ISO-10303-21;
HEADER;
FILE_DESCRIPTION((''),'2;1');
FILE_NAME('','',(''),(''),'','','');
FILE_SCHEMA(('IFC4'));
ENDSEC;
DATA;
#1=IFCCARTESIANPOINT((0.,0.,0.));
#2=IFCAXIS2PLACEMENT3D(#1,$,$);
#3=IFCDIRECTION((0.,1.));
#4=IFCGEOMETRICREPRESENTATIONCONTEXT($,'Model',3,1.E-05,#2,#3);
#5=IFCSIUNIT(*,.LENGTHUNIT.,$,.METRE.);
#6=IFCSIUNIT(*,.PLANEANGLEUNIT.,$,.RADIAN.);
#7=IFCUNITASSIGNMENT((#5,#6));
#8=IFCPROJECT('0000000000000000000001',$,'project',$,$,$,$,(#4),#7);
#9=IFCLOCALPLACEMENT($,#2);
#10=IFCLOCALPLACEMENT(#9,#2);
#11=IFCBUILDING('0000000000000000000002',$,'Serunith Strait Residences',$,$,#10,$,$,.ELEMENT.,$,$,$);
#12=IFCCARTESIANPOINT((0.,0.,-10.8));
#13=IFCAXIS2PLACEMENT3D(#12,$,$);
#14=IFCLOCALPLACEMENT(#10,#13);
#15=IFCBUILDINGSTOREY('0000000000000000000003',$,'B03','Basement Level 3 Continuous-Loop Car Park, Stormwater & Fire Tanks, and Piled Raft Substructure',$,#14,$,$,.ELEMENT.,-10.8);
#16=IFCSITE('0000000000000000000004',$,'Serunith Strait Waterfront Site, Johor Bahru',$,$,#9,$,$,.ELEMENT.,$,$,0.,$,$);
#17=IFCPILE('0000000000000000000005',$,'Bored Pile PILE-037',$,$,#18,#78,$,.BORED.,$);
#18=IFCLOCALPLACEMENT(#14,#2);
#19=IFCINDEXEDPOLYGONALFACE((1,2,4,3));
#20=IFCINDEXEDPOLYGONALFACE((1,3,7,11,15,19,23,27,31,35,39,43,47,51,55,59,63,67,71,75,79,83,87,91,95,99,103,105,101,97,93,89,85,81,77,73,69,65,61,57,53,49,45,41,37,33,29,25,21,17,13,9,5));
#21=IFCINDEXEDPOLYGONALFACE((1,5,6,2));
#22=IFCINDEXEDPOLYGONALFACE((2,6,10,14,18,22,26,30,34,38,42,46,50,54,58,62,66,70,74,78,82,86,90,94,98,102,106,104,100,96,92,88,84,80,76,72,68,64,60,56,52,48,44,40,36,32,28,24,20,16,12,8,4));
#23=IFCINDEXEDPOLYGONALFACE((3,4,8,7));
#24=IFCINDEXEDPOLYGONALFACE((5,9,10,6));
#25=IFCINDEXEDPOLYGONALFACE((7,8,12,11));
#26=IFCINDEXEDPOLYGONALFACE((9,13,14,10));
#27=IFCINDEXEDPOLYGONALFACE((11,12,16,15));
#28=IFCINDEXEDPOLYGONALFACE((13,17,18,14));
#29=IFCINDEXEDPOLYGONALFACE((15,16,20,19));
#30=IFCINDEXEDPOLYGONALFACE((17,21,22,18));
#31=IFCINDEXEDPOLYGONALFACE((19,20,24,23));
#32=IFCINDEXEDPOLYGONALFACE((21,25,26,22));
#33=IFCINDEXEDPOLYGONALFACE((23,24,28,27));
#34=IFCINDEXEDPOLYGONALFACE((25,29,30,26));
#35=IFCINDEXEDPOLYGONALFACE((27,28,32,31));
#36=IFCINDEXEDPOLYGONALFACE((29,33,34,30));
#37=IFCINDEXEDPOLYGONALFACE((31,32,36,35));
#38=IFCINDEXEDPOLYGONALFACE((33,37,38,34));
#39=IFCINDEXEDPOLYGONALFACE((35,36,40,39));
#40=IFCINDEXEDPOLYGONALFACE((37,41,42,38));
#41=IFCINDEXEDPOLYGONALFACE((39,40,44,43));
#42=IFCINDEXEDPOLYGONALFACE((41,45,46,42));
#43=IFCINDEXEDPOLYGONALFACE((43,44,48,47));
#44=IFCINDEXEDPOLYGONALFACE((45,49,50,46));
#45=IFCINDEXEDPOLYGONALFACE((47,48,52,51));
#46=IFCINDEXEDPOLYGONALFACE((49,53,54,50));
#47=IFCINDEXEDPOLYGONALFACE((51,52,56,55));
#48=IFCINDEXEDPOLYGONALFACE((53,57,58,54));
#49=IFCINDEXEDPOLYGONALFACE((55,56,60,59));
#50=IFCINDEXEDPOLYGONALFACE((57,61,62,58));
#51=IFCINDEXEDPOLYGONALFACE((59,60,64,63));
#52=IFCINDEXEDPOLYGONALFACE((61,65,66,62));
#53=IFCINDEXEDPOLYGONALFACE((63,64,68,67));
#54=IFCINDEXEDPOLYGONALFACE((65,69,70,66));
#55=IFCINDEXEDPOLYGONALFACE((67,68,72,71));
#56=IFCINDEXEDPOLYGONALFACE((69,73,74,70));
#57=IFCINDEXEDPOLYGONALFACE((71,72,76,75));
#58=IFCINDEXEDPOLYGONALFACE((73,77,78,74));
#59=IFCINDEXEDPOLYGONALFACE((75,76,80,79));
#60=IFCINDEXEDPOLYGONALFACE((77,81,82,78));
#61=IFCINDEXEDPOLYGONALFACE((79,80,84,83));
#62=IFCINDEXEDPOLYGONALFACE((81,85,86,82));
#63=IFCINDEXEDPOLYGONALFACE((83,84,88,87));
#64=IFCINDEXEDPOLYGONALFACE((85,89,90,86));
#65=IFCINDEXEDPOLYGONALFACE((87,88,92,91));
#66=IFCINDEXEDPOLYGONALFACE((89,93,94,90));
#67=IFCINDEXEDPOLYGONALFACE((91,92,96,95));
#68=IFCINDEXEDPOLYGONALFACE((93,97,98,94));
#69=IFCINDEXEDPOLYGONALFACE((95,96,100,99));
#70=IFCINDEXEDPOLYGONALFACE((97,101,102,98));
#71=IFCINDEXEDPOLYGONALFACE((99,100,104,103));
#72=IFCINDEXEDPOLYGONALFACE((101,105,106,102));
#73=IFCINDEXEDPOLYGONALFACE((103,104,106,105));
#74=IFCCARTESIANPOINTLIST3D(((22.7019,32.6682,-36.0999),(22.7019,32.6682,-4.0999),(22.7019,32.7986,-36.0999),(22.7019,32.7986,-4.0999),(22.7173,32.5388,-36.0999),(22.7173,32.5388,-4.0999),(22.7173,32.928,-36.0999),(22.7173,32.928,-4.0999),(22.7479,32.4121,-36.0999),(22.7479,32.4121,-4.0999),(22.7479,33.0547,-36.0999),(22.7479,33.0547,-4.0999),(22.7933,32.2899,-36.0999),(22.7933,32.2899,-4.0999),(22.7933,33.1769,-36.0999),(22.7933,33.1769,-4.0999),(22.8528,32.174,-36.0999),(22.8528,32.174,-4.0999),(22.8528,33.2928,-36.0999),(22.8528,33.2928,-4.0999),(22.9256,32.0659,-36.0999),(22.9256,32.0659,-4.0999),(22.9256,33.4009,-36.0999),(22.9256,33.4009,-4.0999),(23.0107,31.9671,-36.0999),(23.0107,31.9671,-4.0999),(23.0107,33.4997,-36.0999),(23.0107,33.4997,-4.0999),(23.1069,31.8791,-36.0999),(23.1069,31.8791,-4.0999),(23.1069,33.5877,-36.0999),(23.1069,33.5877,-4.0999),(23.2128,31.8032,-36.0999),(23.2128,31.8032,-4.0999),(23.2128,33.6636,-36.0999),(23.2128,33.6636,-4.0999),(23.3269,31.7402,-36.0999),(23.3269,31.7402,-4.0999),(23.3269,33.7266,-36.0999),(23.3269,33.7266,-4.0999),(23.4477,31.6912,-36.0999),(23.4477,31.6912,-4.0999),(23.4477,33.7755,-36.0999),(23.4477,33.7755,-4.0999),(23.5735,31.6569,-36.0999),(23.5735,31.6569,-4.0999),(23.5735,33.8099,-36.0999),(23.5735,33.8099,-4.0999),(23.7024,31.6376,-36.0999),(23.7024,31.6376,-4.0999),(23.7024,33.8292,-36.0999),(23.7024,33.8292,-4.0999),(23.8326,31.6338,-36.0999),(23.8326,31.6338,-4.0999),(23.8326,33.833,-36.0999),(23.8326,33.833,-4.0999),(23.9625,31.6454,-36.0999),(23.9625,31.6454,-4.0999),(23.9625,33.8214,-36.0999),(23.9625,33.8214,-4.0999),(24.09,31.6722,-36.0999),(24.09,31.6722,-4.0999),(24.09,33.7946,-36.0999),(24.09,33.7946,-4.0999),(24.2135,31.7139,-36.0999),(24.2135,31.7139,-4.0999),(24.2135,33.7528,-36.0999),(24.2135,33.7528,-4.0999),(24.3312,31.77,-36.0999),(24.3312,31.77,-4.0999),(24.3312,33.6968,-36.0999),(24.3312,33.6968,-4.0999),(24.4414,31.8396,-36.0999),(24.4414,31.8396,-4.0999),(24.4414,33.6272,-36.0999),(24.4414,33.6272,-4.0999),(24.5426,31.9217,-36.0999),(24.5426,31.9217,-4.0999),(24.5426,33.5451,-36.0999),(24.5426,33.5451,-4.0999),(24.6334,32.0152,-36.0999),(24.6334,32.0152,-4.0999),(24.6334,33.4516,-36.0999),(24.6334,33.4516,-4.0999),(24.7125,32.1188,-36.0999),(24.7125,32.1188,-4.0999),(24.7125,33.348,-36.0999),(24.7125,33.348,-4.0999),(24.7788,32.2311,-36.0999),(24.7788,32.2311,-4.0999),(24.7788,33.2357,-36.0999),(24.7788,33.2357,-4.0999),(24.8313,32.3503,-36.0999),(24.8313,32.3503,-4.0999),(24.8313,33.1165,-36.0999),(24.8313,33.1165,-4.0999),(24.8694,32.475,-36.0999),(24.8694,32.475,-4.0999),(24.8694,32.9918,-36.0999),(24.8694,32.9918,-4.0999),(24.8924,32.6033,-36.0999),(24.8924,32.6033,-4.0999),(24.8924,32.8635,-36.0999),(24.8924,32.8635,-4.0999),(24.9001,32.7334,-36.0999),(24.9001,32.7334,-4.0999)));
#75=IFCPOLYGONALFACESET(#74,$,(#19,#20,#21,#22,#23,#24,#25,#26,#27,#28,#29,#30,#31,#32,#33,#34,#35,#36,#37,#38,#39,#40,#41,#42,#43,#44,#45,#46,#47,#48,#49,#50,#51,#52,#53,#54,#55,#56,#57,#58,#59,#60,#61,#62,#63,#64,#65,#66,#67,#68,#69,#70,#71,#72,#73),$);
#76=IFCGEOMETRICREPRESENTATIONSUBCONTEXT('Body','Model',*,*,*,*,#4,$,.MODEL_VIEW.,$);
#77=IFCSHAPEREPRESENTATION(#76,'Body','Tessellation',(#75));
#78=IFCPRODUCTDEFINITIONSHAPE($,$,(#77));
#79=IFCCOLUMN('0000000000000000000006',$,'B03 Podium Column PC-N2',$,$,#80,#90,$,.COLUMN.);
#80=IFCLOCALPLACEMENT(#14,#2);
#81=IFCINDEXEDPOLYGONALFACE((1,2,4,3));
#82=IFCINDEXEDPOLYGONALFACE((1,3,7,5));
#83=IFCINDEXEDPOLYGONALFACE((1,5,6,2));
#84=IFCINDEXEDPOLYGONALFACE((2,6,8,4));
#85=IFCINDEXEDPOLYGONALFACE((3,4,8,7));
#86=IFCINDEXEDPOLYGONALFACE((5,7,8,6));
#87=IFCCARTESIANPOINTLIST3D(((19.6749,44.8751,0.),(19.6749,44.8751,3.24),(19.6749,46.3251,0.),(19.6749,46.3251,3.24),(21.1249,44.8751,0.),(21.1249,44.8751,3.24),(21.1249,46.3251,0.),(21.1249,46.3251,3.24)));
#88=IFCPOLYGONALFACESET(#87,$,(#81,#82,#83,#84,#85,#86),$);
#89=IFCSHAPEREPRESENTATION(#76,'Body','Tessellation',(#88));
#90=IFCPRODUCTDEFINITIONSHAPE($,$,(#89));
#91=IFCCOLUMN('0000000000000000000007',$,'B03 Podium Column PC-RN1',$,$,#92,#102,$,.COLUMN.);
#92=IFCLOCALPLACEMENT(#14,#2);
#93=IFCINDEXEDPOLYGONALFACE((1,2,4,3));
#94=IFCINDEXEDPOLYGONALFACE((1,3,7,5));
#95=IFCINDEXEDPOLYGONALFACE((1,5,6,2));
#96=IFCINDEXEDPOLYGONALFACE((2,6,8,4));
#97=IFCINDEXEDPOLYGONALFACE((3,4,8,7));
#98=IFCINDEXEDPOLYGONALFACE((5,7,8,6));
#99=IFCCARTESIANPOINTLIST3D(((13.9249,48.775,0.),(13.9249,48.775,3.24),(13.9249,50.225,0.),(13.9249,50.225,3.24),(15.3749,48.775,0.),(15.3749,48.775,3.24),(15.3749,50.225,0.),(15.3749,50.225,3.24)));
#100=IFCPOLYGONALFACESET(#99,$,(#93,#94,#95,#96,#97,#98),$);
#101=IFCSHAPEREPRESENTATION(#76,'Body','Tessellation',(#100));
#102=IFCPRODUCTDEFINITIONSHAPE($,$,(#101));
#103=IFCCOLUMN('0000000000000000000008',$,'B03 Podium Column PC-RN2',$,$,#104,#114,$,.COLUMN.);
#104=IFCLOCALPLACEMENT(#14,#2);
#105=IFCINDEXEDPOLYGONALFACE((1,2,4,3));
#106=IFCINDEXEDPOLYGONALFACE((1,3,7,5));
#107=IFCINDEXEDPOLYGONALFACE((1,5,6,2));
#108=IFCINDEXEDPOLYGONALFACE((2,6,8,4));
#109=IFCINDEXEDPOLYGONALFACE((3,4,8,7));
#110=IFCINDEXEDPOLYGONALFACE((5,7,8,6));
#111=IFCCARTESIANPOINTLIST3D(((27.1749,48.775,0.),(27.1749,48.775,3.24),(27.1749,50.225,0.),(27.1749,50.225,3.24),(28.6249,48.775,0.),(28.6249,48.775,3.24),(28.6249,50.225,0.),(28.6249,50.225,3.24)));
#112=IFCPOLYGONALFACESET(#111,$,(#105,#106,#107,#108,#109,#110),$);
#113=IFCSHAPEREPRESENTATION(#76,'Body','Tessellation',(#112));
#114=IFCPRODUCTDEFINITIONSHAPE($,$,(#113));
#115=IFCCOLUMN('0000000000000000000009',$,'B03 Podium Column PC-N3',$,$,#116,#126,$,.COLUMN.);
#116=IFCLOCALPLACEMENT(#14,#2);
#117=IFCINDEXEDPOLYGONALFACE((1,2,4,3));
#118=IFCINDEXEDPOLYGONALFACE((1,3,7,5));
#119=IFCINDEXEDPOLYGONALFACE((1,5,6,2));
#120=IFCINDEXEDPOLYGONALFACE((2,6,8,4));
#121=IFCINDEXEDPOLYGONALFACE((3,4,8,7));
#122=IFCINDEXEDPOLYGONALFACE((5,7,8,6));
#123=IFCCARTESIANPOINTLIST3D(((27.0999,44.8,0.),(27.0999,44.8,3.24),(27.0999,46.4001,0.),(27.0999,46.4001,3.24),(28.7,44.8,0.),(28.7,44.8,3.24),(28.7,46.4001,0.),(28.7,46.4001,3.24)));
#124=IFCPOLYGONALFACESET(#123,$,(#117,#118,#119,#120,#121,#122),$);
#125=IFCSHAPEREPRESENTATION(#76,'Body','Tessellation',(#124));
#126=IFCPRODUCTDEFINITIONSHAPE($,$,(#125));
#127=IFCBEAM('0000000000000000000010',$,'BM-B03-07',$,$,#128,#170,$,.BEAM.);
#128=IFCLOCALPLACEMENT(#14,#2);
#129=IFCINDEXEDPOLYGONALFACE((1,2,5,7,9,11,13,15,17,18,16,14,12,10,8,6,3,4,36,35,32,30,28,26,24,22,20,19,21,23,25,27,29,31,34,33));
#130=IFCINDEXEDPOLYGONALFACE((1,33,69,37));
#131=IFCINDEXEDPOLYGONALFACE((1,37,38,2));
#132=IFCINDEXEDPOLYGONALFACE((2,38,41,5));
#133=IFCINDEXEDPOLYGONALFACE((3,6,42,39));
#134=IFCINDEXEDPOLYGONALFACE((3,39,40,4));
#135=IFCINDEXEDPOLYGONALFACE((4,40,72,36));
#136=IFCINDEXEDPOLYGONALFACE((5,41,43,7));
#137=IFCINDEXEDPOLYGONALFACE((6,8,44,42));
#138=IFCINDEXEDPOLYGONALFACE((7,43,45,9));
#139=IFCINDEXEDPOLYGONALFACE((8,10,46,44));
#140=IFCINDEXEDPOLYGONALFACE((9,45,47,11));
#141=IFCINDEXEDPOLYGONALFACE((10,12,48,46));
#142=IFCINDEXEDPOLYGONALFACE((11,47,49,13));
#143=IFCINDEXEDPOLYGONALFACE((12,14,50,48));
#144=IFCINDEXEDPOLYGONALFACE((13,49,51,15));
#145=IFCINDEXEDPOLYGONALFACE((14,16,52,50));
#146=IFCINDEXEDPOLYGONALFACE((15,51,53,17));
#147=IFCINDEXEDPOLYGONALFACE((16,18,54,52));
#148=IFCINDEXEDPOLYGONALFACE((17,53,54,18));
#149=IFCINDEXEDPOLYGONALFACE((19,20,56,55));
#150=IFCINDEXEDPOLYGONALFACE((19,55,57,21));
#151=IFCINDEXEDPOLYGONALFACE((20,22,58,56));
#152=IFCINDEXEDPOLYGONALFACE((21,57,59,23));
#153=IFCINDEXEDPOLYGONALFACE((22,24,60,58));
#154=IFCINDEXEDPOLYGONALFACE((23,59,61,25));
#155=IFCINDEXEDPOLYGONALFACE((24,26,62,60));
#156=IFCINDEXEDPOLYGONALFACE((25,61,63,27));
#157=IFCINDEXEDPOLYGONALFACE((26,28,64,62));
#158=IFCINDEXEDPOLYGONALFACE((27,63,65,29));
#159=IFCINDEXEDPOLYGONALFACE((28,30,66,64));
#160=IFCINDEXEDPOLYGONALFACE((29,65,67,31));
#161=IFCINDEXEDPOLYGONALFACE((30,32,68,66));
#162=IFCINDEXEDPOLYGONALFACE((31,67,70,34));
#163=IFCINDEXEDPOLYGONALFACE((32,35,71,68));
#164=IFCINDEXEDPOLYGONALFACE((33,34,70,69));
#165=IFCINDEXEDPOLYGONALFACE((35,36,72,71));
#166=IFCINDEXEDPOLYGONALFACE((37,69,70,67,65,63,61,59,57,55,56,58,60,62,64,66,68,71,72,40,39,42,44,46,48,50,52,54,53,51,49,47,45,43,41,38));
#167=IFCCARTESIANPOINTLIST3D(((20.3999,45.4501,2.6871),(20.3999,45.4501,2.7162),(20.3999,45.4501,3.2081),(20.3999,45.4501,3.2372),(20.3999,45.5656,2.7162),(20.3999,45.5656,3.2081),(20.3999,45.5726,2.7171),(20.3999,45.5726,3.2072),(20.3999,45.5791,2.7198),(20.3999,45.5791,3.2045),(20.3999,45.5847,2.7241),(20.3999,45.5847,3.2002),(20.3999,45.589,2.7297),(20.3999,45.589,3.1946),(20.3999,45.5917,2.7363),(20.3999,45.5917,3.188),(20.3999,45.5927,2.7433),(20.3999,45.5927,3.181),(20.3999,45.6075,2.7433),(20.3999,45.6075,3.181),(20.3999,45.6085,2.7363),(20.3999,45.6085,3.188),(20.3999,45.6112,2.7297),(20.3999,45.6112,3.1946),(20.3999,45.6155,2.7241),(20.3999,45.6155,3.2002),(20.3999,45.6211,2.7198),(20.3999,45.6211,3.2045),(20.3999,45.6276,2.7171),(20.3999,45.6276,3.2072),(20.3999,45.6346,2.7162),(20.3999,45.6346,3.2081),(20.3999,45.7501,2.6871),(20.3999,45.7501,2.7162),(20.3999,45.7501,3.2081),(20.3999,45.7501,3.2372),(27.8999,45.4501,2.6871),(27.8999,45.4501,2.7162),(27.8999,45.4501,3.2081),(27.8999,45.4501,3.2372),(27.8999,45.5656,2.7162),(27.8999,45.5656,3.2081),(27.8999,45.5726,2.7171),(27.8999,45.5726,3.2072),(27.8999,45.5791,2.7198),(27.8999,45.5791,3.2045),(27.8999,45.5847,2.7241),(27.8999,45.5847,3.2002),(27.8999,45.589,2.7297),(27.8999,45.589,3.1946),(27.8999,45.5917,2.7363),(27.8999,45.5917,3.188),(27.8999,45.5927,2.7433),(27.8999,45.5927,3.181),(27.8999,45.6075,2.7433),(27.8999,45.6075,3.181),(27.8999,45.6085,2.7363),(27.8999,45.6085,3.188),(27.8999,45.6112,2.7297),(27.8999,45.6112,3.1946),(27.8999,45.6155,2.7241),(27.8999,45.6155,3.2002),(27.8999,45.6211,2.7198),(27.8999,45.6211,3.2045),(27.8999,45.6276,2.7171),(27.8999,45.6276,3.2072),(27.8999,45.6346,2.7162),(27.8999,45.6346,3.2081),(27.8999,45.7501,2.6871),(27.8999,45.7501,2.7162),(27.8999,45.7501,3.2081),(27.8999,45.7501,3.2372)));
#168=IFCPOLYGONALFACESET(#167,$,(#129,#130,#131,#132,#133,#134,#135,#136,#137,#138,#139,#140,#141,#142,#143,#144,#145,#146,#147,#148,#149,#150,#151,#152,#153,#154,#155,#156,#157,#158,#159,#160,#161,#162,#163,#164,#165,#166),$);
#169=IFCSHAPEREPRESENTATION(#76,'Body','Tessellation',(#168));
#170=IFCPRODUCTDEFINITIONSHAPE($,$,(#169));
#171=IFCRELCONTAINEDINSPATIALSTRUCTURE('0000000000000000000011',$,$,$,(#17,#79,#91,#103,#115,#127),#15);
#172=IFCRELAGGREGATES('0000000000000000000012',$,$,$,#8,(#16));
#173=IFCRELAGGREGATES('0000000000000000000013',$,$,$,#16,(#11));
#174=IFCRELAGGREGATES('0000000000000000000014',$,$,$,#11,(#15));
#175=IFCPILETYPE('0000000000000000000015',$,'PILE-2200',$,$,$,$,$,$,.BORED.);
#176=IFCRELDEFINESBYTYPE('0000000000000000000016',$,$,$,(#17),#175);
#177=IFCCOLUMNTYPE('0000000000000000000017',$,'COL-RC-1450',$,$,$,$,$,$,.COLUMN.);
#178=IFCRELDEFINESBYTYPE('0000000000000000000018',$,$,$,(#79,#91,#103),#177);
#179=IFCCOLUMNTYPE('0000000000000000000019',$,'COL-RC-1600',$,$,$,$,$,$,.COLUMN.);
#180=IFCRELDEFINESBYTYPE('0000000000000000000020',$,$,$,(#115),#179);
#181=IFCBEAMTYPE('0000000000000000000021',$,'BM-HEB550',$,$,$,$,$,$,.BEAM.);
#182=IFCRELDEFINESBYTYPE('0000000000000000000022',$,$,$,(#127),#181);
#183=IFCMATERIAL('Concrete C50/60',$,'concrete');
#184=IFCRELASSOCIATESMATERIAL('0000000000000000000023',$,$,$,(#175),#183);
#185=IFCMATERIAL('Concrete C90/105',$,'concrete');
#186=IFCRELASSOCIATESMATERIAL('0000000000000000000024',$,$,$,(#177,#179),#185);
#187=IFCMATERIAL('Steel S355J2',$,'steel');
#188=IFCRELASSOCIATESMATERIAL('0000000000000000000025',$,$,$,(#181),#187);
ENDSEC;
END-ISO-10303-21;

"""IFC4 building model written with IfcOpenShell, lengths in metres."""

from ifc_helpers import new_model, si_unit, direction, frame, origin, origin_2d, place, context, subcontext, project, spatial, rectangle, circle, i_section, extrude, source, transform, mapped, material, material_profile, profile_set, type_object, element, save


model = new_model("IFC4")

# Units and contexts
model_context = context("Model", 3, precision=1e-05, world=origin(), true_north=direction((0.0, 1.0)))
body_context = subcontext(model_context, "Body", "Model", "MODEL_VIEW")
ifc_project = project(units=[si_unit("LENGTHUNIT", "METRE"), si_unit("PLANEANGLEUNIT", "RADIAN")], contexts=[model_context])

# Site, building, storey
site_placement = place(None, origin())
site = spatial("IfcSite", under=ifc_project, at=site_placement, Name="Serunith Strait Waterfront Site, Johor Bahru", CompositionType="ELEMENT", RefElevation=0.0)
building_placement = place(site_placement, origin())
building = spatial("IfcBuilding", under=site, at=building_placement, Name="Serunith Strait Residences", CompositionType="ELEMENT")
storey_placement = place(building_placement, frame((0.0, 0.0, -10.8)))
storey = spatial("IfcBuildingStorey", under=building, at=storey_placement, Name="B03", Description="Basement Level 3 Continuous-Loop Car Park, Stormwater & Fire Tanks, and Piled Raft Substructure", CompositionType="ELEMENT", Elevation=-10.8)

# Pile
ifc_material_1 = material(Name="Concrete C50/60", Category="concrete")
ifc_material_profile_1 = material_profile(ifc_material_1, circle(Radius=1.1001, at=origin_2d()), Name="PILE D2200")
ifc_profile_set_1 = profile_set([ifc_material_profile_1], Name="Concrete C50/60")
pile_type_1 = type_object("IfcPileType", Name="PILE-2200", PredefinedType="BORED", material=ifc_profile_set_1)
shared_shape_1 = source(origin(), body_context, "Body", "SweptSolid", [
    extrude(circle(Radius=1.1001, at=origin_2d()), origin(), (0.0, 0.0, 1.0), 32.0),
])
pile_placement = place(storey_placement, frame((23.8, 32.7334, -4.0999), z_axis=(0.0, 0.0, -1.0), x_axis=(1.0, 0.0, 0.0)))
element("IfcPile", 1, at=pile_placement, inside=storey, type_object=pile_type_1, Name="Bored Pile PILE-037", PredefinedType="BORED", context=body_context, shape_type="MappedRepresentation", body=[
    mapped(shared_shape_1, transform((0.0, 0.0, 0.0), scale=1.0)),
])

# Columns
ifc_material_2 = material(Name="Concrete C90/105", Category="concrete")
ifc_material_profile_2 = material_profile(ifc_material_2, rectangle(XDim=1.45, YDim=1.45, at=origin_2d()), Name="RC 1450x1450")
ifc_profile_set_2 = profile_set([ifc_material_profile_2], Name="Concrete C90/105")
column_type_1 = type_object("IfcColumnType", Name="COL-RC-1450", PredefinedType="COLUMN", material=ifc_profile_set_2)
shared_shape_2 = source(origin(), body_context, "Body", "SweptSolid", [
    extrude(rectangle(XDim=1.45, YDim=1.45, at=origin_2d()), origin(), (0.0, 0.0, 1.0), 3.24),
])
for number, where, z_axis, x_axis, name in (
    (2, (20.3999, 45.6001, 0.0), (0.0, 0.0, 1.0), (1.0, 0.0, 0.0), "B03 Podium Column PC-N2"),
    (3, (14.6499, 49.5, 0.0), (0.0, 0.0, 1.0), (1.0, 0.0, 0.0), "B03 Podium Column PC-RN1"),
    (4, (27.8999, 49.5, 0.0), (0.0, 0.0, 1.0), (1.0, 0.0, 0.0), "B03 Podium Column PC-RN2"),
):
    element("IfcColumn", number, at=place(storey_placement, frame(where, z_axis=z_axis, x_axis=x_axis)), inside=storey, type_object=column_type_1, Name=name, PredefinedType="COLUMN", context=body_context, shape_type="MappedRepresentation", body=[
        mapped(shared_shape_2, transform((0.0, 0.0, 0.0), scale=1.0)),
    ])
ifc_material_profile_3 = material_profile(ifc_material_2, rectangle(XDim=1.6001, YDim=1.6001, at=origin_2d()), Name="RC 1600x1600")
ifc_profile_set_3 = profile_set([ifc_material_profile_3], Name="Concrete C90/105")
column_type_2 = type_object("IfcColumnType", Name="COL-RC-1600", PredefinedType="COLUMN", material=ifc_profile_set_3)
shared_shape_3 = source(origin(), body_context, "Body", "SweptSolid", [
    extrude(rectangle(XDim=1.6001, YDim=1.6001, at=origin_2d()), origin(), (0.0, 0.0, 1.0), 3.24),
])
column_placement = place(storey_placement, frame((27.8999, 45.6001, 0.0), z_axis=(0.0, 0.0, 1.0), x_axis=(1.0, 0.0, 0.0)))
element("IfcColumn", 5, at=column_placement, inside=storey, type_object=column_type_2, Name="B03 Podium Column PC-N3", PredefinedType="COLUMN", context=body_context, shape_type="MappedRepresentation", body=[
    mapped(shared_shape_3, transform((0.0, 0.0, 0.0), scale=1.0)),
])

# Beam
ifc_material_3 = material(Name="Steel S355J2", Category="steel")
ifc_material_profile_4 = material_profile(ifc_material_3, i_section(OverallWidth=0.3, OverallDepth=0.55, WebThickness=0.0149, FlangeThickness=0.0291, FilletRadius=0.0271, at=origin_2d()), Name="HEB 550")
ifc_profile_set_4 = profile_set([ifc_material_profile_4], Name="Steel S355J2")
beam_type_1 = type_object("IfcBeamType", Name="BM-HEB550", PredefinedType="BEAM", material=ifc_profile_set_4)
shared_shape_4 = source(origin(), body_context, "Body", "SweptSolid", [
    extrude(i_section(OverallWidth=0.3, OverallDepth=0.55, WebThickness=0.0149, FlangeThickness=0.0291, FilletRadius=0.0271, at=origin_2d()), origin(), (0.0, 0.0, 1.0), 7.5),
])
beam_1_placement = place(storey_placement, frame((20.3999, 45.6001, 2.9622), z_axis=(1.0, 0.0, 0.0), x_axis=(0.0, 1.0, 0.0)))
element("IfcBeam", 6, at=beam_1_placement, inside=storey, type_object=beam_type_1, Name="BM-B03-07", PredefinedType="BEAM", context=body_context, shape_type="MappedRepresentation", body=[
    mapped(shared_shape_4, transform((0.0, 0.0, 0.0), scale=1.0)),
])

save(model, "model.ifc")
